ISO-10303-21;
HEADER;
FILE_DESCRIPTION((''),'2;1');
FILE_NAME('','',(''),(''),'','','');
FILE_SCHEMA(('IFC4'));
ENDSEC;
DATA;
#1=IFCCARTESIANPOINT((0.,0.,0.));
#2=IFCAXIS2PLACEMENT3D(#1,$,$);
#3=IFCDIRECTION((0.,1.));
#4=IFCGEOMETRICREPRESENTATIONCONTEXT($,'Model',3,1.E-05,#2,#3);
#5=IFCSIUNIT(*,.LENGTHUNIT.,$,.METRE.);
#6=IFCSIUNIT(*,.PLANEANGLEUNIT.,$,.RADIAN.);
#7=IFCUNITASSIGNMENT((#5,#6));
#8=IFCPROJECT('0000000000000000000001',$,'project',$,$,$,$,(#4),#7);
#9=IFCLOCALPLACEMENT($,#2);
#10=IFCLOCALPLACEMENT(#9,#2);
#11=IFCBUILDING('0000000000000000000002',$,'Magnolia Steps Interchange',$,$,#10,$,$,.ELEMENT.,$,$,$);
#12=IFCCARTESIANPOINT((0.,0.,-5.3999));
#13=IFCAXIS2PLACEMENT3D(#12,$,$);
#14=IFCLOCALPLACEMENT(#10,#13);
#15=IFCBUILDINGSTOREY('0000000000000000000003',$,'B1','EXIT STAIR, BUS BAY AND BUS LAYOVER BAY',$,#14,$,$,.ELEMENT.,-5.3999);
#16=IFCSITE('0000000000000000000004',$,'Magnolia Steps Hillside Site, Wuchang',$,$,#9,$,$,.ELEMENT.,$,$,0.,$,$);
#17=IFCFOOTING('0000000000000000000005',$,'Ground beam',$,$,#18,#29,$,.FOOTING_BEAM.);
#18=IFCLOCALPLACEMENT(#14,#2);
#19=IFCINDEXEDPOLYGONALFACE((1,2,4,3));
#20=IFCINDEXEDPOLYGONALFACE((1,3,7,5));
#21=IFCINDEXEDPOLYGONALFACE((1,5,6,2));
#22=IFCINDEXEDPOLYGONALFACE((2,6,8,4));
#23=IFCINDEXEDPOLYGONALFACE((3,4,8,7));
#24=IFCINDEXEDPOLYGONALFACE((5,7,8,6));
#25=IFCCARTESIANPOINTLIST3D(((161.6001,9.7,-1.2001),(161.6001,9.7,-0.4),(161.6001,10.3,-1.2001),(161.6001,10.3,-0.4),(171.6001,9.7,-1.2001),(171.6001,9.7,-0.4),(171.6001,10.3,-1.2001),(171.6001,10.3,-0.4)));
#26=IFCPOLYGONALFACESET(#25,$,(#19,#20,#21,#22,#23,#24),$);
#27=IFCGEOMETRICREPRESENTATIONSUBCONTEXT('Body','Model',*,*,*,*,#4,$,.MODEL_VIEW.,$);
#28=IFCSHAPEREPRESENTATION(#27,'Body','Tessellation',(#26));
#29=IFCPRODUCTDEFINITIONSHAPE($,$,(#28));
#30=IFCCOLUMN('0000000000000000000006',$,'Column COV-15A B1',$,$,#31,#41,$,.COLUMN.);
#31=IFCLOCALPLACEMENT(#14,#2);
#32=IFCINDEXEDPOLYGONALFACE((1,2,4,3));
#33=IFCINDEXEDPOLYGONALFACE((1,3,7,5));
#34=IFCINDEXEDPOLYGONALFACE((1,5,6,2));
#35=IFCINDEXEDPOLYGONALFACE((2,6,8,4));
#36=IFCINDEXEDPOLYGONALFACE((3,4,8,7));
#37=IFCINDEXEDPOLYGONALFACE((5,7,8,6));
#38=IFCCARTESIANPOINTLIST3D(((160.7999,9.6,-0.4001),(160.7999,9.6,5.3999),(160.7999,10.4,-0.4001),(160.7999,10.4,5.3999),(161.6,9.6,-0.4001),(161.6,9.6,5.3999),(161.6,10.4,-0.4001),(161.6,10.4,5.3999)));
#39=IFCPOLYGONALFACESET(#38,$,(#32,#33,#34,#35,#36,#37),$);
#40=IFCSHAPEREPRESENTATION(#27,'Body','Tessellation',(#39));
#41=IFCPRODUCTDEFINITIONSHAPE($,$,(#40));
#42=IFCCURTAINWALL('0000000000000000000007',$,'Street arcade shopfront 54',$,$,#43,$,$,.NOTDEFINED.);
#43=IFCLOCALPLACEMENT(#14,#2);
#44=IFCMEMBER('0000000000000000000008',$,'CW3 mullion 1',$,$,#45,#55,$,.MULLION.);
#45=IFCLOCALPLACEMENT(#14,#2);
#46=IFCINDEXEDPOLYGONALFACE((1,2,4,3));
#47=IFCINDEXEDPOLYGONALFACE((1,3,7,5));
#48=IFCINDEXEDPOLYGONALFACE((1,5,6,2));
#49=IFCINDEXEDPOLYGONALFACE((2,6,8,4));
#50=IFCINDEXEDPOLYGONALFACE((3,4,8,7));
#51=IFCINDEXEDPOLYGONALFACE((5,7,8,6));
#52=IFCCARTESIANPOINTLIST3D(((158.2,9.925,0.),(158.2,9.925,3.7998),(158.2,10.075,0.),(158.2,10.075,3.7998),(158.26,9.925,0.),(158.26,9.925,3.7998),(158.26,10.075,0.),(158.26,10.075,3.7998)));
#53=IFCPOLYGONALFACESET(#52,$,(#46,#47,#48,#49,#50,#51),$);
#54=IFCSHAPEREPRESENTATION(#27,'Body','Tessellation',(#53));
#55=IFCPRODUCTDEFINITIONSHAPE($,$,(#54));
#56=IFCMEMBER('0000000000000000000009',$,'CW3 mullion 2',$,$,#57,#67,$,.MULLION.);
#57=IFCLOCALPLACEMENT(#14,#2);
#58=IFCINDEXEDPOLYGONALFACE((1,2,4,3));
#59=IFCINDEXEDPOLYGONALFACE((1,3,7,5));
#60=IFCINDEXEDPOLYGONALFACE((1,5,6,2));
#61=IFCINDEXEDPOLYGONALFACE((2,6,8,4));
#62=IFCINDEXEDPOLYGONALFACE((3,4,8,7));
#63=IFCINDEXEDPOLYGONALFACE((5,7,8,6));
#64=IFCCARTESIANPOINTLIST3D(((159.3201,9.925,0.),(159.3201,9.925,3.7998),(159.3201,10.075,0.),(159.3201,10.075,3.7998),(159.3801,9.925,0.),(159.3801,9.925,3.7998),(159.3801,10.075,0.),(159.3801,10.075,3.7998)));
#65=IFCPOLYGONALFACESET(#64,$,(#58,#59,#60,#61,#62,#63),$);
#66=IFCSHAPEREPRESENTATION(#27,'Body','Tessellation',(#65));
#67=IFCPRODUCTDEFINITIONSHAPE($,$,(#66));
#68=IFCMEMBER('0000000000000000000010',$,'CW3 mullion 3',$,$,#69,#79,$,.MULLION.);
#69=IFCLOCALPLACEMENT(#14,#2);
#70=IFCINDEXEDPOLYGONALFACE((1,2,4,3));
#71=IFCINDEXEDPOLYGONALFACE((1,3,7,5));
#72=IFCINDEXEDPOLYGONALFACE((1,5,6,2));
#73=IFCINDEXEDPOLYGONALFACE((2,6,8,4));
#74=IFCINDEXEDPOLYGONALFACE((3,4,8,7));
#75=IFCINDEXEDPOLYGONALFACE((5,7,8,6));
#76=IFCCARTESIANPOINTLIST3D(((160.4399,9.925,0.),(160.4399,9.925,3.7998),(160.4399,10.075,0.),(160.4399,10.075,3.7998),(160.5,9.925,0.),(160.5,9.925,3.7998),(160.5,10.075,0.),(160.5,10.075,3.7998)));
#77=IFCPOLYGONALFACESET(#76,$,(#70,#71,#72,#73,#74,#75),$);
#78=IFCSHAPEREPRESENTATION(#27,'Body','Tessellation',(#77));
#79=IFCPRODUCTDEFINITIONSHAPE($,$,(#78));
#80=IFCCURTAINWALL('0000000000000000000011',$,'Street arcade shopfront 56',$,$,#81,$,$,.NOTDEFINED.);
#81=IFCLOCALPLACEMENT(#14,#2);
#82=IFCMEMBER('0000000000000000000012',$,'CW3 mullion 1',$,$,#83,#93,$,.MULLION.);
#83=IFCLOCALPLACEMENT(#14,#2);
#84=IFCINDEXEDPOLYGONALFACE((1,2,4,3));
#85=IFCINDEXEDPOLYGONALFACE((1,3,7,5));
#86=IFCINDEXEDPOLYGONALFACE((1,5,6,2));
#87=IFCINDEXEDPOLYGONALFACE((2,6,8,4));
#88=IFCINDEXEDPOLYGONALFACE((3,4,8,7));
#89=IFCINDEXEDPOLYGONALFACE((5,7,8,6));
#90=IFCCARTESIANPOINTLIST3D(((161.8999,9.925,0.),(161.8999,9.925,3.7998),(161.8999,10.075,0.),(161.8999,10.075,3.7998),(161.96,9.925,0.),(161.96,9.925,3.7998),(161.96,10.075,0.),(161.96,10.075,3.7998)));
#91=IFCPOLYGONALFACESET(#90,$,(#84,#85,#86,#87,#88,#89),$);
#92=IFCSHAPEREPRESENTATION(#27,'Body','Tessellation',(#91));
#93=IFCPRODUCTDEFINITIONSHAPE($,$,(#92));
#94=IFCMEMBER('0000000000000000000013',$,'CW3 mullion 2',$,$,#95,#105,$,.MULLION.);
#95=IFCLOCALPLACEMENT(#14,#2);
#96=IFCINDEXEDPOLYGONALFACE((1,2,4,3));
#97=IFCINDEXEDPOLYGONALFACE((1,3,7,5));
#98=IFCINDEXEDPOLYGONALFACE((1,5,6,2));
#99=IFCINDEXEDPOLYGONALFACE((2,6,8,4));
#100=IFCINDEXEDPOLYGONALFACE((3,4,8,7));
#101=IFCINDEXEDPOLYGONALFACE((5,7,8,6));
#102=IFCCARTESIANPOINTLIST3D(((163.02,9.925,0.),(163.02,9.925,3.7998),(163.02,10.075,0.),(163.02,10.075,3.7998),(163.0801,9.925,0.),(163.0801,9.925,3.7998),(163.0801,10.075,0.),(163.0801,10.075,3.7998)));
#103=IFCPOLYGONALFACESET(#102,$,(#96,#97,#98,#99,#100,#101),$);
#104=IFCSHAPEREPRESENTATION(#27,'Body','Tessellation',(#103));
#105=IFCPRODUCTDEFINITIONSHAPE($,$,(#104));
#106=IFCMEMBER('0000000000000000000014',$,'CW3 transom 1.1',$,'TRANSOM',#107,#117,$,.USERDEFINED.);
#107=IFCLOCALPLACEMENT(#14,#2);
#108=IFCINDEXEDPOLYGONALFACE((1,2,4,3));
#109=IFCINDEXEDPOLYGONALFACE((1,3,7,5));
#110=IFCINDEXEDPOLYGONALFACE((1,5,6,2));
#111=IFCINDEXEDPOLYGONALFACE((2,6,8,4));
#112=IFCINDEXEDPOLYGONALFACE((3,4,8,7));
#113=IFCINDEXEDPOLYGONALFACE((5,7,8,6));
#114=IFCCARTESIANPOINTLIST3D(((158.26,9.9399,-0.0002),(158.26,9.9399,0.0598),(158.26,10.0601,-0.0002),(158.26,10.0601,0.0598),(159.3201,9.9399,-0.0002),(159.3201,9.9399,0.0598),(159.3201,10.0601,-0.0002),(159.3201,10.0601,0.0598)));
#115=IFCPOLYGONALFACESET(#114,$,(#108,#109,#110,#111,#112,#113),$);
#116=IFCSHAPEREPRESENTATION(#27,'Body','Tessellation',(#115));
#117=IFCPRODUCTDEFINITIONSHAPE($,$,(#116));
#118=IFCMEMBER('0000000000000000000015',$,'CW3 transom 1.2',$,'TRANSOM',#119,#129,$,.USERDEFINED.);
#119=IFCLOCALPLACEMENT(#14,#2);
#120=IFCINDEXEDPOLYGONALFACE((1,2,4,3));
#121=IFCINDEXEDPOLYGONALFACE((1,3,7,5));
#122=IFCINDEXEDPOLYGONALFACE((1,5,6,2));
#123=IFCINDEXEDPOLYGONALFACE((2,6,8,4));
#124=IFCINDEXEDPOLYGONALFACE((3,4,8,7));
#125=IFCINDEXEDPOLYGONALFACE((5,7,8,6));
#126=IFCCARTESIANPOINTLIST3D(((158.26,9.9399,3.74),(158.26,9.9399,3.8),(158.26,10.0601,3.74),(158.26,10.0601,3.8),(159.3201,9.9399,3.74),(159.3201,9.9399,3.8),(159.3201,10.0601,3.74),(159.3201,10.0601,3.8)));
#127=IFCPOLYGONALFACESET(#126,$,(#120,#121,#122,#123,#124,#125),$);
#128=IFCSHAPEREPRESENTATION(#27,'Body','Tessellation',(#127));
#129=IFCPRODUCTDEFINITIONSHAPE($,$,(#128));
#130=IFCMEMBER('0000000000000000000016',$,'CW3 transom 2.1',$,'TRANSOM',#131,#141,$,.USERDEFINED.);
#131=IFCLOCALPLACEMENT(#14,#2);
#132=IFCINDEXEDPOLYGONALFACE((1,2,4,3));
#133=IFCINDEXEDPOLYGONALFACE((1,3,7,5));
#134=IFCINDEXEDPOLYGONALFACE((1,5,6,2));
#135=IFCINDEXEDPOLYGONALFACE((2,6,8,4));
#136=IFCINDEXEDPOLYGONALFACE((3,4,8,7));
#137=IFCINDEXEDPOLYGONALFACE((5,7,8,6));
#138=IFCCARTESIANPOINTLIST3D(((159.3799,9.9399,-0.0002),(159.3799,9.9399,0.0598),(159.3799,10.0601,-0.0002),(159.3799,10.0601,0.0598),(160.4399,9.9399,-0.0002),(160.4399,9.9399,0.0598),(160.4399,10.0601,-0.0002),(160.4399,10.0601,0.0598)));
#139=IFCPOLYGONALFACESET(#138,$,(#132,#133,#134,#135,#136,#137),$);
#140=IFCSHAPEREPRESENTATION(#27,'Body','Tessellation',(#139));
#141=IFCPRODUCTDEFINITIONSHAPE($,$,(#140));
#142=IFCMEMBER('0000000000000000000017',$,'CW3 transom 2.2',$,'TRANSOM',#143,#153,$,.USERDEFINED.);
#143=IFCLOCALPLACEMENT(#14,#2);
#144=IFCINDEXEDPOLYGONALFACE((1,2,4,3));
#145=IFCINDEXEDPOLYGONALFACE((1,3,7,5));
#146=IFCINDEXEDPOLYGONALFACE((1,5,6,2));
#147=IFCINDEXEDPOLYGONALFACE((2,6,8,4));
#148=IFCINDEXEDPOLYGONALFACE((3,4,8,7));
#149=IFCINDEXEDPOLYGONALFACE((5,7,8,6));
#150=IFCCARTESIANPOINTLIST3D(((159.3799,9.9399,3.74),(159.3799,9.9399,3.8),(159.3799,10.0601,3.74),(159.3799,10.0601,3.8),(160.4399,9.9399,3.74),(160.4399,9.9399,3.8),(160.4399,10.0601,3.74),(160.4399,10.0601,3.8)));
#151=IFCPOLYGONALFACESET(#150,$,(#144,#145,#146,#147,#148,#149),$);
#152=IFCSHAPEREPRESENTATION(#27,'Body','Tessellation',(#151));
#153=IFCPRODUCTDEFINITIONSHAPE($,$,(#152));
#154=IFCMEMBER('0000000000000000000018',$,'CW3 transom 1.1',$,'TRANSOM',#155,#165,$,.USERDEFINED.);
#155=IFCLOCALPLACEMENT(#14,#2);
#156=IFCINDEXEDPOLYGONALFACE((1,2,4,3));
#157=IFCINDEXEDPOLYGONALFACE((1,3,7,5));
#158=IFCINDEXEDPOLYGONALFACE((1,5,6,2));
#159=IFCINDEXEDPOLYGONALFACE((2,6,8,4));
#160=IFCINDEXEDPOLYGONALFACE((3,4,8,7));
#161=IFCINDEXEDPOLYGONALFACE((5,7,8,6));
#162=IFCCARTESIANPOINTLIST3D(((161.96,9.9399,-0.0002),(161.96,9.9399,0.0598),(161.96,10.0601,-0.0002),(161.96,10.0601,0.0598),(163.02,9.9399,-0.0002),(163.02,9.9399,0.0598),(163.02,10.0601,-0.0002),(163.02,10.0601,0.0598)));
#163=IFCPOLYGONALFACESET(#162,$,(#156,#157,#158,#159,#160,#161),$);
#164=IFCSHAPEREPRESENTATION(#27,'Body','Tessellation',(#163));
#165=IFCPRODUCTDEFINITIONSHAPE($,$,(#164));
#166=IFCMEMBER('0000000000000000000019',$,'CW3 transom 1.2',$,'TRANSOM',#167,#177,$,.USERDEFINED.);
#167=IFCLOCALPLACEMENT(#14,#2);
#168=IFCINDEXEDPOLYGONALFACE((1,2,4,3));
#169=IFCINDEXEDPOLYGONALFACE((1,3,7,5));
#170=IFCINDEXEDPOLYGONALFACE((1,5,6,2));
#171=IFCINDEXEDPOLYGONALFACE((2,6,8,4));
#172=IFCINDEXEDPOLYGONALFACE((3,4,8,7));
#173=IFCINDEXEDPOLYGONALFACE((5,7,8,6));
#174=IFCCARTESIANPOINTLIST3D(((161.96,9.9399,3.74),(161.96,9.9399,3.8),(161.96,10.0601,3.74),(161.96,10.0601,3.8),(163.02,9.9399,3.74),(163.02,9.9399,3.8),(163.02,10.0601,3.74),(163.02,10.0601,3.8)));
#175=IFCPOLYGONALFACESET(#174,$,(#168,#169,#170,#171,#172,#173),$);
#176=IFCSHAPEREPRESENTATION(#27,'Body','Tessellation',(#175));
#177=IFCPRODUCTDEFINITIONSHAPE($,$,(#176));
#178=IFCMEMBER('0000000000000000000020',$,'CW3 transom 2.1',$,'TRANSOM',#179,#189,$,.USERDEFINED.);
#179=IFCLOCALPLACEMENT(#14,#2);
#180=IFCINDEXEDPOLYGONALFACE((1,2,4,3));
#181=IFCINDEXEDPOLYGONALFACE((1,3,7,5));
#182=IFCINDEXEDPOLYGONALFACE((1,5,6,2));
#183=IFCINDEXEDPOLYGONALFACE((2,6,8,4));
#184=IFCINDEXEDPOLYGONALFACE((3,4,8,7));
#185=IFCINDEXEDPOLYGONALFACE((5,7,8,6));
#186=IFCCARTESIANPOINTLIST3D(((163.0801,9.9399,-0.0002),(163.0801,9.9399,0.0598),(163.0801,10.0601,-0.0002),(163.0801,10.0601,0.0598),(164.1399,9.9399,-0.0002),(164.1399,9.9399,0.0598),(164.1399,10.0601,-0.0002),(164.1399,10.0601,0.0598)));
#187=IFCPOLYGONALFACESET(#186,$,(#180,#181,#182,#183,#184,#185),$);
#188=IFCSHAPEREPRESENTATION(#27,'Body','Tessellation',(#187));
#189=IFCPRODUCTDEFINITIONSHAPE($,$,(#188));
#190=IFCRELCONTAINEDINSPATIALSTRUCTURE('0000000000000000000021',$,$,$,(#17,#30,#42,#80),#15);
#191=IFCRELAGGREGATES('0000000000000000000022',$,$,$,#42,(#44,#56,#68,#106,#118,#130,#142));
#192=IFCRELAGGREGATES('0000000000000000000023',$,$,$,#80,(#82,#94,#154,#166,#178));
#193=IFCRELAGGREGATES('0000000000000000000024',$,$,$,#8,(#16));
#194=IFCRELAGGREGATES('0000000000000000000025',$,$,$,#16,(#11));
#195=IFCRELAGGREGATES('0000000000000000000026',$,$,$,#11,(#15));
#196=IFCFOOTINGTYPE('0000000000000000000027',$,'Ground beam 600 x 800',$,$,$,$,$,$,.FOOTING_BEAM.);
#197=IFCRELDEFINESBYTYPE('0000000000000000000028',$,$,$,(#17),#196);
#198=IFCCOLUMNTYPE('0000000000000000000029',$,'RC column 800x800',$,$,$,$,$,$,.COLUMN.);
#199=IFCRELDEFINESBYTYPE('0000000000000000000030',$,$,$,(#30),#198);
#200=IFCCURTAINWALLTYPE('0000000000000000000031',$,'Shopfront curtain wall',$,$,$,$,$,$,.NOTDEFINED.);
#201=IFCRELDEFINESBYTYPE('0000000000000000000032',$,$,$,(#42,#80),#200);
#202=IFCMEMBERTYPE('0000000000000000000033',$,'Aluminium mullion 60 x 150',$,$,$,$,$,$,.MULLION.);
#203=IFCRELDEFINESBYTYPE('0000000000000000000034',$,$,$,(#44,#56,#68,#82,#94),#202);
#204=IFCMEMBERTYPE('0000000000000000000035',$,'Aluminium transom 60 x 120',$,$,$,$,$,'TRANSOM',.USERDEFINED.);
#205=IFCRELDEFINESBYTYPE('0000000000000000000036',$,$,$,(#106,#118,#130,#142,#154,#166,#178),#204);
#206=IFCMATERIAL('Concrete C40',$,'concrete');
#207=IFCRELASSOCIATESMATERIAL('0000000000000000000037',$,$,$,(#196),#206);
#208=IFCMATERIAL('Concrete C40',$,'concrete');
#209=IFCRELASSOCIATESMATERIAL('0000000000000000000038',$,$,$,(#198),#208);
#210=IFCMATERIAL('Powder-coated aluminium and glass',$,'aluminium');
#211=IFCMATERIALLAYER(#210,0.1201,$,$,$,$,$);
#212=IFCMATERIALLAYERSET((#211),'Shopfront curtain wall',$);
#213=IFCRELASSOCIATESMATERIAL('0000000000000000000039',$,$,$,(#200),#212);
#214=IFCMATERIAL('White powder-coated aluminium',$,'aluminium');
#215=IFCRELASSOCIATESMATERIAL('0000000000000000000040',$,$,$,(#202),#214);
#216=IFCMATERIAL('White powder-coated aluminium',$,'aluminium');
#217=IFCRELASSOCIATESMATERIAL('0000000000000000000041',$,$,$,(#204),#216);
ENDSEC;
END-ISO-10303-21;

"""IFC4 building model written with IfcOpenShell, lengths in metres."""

from ifc_helpers import new_model, si_unit, direction, frame, origin, origin_2d, place, context, subcontext, project, spatial, rectangle, extrude, material, layer, layer_set, material_profile, profile_set, type_object, element, aggregate, save


model = new_model("IFC4")

# Units and contexts
model_context = context("Model", 3, precision=1e-05, world=origin(), true_north=direction((0.0, 1.0)))
body_context = subcontext(model_context, "Body", "Model", "MODEL_VIEW")
ifc_project = project(units=[si_unit("LENGTHUNIT", "METRE"), si_unit("PLANEANGLEUNIT", "RADIAN")], contexts=[model_context])

# Site, building, storey
site_placement = place(None, origin())
site = spatial("IfcSite", under=ifc_project, at=site_placement, Name="Magnolia Steps Hillside Site, Wuchang", CompositionType="ELEMENT", RefElevation=0.0)
building_placement = place(site_placement, origin())
building = spatial("IfcBuilding", under=site, at=building_placement, Name="Magnolia Steps Interchange", CompositionType="ELEMENT")
storey_placement = place(building_placement, frame((0.0, 0.0, -5.3999)))
storey = spatial("IfcBuildingStorey", under=building, at=storey_placement, Name="B1", Description="EXIT STAIR, BUS BAY AND BUS LAYOVER BAY", CompositionType="ELEMENT", Elevation=-5.3999)

# Footing
ifc_material_1 = material(Name="Concrete C40", Category="concrete")
ifc_material_profile_1 = material_profile(ifc_material_1, rectangle(XDim=0.6001, YDim=0.8, at=origin_2d()), Name="RC600x800")
ifc_profile_set_1 = profile_set([ifc_material_profile_1], Name="Concrete C40")
footing_type = type_object("IfcFootingType", Name="Ground beam 600 x 800", PredefinedType="FOOTING_BEAM", material=ifc_profile_set_1)
footing_placement = place(storey_placement, frame((161.6001, 10.0, -0.8), z_axis=(1.0, 0.0, 0.0), x_axis=(0.0, 1.0, 0.0)))
element("IfcFooting", 1, at=footing_placement, inside=storey, type_object=footing_type, Name="Ground beam", PredefinedType="FOOTING_BEAM", context=body_context, shape_type="SweptSolid", body=[
    extrude(rectangle(XDim=0.6001, YDim=0.8, at=origin_2d()), origin(), (0.0, 0.0, 1.0), 10.0),
])

# Column
ifc_material_2 = material(Name="Concrete C40", Category="concrete")
ifc_material_profile_2 = material_profile(ifc_material_2, rectangle(XDim=0.8, YDim=0.8, at=origin_2d()), Name="RC800x800")
ifc_profile_set_2 = profile_set([ifc_material_profile_2], Name="Concrete C40")
column_type = type_object("IfcColumnType", Name="RC column 800x800", PredefinedType="COLUMN", material=ifc_profile_set_2)
column_placement = place(storey_placement, frame((161.2, 10.0, -0.4001), z_axis=(0.0, 0.0, 1.0), x_axis=(1.0, 0.0, 0.0)))
element("IfcColumn", 2, at=column_placement, inside=storey, type_object=column_type, Name="Column COV-15A B1", PredefinedType="COLUMN", context=body_context, shape_type="SweptSolid", body=[
    extrude(rectangle(XDim=0.8, YDim=0.8, at=origin_2d()), origin(), (0.0, 0.0, 1.0), 5.8),
])

# Curtain walls, members
ifc_material_3 = material(Name="Powder-coated aluminium and glass", Category="aluminium")
ifc_layer_1 = layer(ifc_material_3, 0.1201)
ifc_layer_set_1 = layer_set([ifc_layer_1], Name="Shopfront curtain wall")
curtain_wall_type = type_object("IfcCurtainWallType", Name="Shopfront curtain wall", PredefinedType="NOTDEFINED", material=ifc_layer_set_1)
curtain_wall_1_placement = place(storey_placement, origin())
curtain_wall_1 = element("IfcCurtainWall", 3, at=curtain_wall_1_placement, inside=storey, type_object=curtain_wall_type, Name="Street arcade shopfront 54", PredefinedType="NOTDEFINED")
ifc_material_4 = material(Name="White powder-coated aluminium", Category="aluminium")
ifc_material_profile_3 = material_profile(ifc_material_4, rectangle(XDim=0.0601, YDim=0.1499, at=origin_2d()), Name="Aluminium mullion 60 x 150")
ifc_profile_set_3 = profile_set([ifc_material_profile_3], Name="White powder-coated aluminium")
member_type_1 = type_object("IfcMemberType", Name="Aluminium mullion 60 x 150", PredefinedType="MULLION", material=ifc_profile_set_3)
member_1_placement = place(storey_placement, frame((158.23, 10.0, 0.0), z_axis=(0.0, 0.0, 1.0), x_axis=(1.0, 0.0, 0.0)))
member_1 = element("IfcMember", 4, at=member_1_placement, type_object=member_type_1, Name="CW3 mullion 1", PredefinedType="MULLION", context=body_context, shape_type="SweptSolid", body=[
    extrude(rectangle(XDim=0.0601, YDim=0.1499, at=origin_2d()), origin(), (0.0, 0.0, 1.0), 3.7998),
])
member_2_placement = place(storey_placement, frame((159.3501, 10.0, 0.0), z_axis=(0.0, 0.0, 1.0), x_axis=(1.0, 0.0, 0.0)))
member_2 = element("IfcMember", 5, at=member_2_placement, type_object=member_type_1, Name="CW3 mullion 2", PredefinedType="MULLION", context=body_context, shape_type="SweptSolid", body=[
    extrude(rectangle(XDim=0.0601, YDim=0.1499, at=origin_2d()), origin(), (0.0, 0.0, 1.0), 3.7998),
])
member_3_placement = place(storey_placement, frame((160.47, 10.0, 0.0), z_axis=(0.0, 0.0, 1.0), x_axis=(1.0, 0.0, 0.0)))
member_3 = element("IfcMember", 6, at=member_3_placement, type_object=member_type_1, Name="CW3 mullion 3", PredefinedType="MULLION", context=body_context, shape_type="SweptSolid", body=[
    extrude(rectangle(XDim=0.0601, YDim=0.1499, at=origin_2d()), origin(), (0.0, 0.0, 1.0), 3.7998),
])
curtain_wall_2_placement = place(storey_placement, origin())
curtain_wall_2 = element("IfcCurtainWall", 7, at=curtain_wall_2_placement, inside=storey, type_object=curtain_wall_type, Name="Street arcade shopfront 56", PredefinedType="NOTDEFINED")
member_4_placement = place(storey_placement, frame((161.9299, 10.0, 0.0), z_axis=(0.0, 0.0, 1.0), x_axis=(1.0, 0.0, 0.0)))
member_4 = element("IfcMember", 8, at=member_4_placement, type_object=member_type_1, Name="CW3 mullion 1", PredefinedType="MULLION", context=body_context, shape_type="SweptSolid", body=[
    extrude(rectangle(XDim=0.0601, YDim=0.1499, at=origin_2d()), origin(), (0.0, 0.0, 1.0), 3.7998),
])
member_5_placement = place(storey_placement, frame((163.05, 10.0, 0.0), z_axis=(0.0, 0.0, 1.0), x_axis=(1.0, 0.0, 0.0)))
member_5 = element("IfcMember", 9, at=member_5_placement, type_object=member_type_1, Name="CW3 mullion 2", PredefinedType="MULLION", context=body_context, shape_type="SweptSolid", body=[
    extrude(rectangle(XDim=0.0601, YDim=0.1499, at=origin_2d()), origin(), (0.0, 0.0, 1.0), 3.7998),
])

# Members
ifc_material_5 = material(Name="White powder-coated aluminium", Category="aluminium")
ifc_material_profile_4 = material_profile(ifc_material_5, rectangle(XDim=0.0601, YDim=0.1201, at=origin_2d()), Name="Aluminium transom 60 x 120")
ifc_profile_set_4 = profile_set([ifc_material_profile_4], Name="White powder-coated aluminium")
member_type_2 = type_object("IfcMemberType", Name="Aluminium transom 60 x 120", ElementType="TRANSOM", PredefinedType="USERDEFINED", material=ifc_profile_set_4)
member_6_placement = place(storey_placement, frame((158.26, 10.0, 0.0298), z_axis=(1.0, 0.0, 0.0), x_axis=(0.0, 0.0, 1.0)))
member_6 = element("IfcMember", 10, at=member_6_placement, type_object=member_type_2, Name="CW3 transom 1.1", ObjectType="TRANSOM", PredefinedType="USERDEFINED", context=body_context, shape_type="SweptSolid", body=[
    extrude(rectangle(XDim=0.0601, YDim=0.1201, at=origin_2d()), origin(), (0.0, 0.0, 1.0), 1.0601),
])
member_7_placement = place(storey_placement, frame((158.26, 10.0, 3.77), z_axis=(1.0, 0.0, 0.0), x_axis=(0.0, 0.0, 1.0)))
member_7 = element("IfcMember", 11, at=member_7_placement, type_object=member_type_2, Name="CW3 transom 1.2", ObjectType="TRANSOM", PredefinedType="USERDEFINED", context=body_context, shape_type="SweptSolid", body=[
    extrude(rectangle(XDim=0.0601, YDim=0.1201, at=origin_2d()), origin(), (0.0, 0.0, 1.0), 1.0601),
])
member_8_placement = place(storey_placement, frame((159.3799, 10.0, 0.0298), z_axis=(1.0, 0.0, 0.0), x_axis=(0.0, 0.0, 1.0)))
member_8 = element("IfcMember", 12, at=member_8_placement, type_object=member_type_2, Name="CW3 transom 2.1", ObjectType="TRANSOM", PredefinedType="USERDEFINED", context=body_context, shape_type="SweptSolid", body=[
    extrude(rectangle(XDim=0.0601, YDim=0.1201, at=origin_2d()), origin(), (0.0, 0.0, 1.0), 1.0601),
])
member_9_placement = place(storey_placement, frame((159.3799, 10.0, 3.77), z_axis=(1.0, 0.0, 0.0), x_axis=(0.0, 0.0, 1.0)))
member_9 = element("IfcMember", 13, at=member_9_placement, type_object=member_type_2, Name="CW3 transom 2.2", ObjectType="TRANSOM", PredefinedType="USERDEFINED", context=body_context, shape_type="SweptSolid", body=[
    extrude(rectangle(XDim=0.0601, YDim=0.1201, at=origin_2d()), origin(), (0.0, 0.0, 1.0), 1.0601),
])
member_10_placement = place(storey_placement, frame((161.96, 10.0, 0.0298), z_axis=(1.0, 0.0, 0.0), x_axis=(0.0, 0.0, 1.0)))
member_10 = element("IfcMember", 14, at=member_10_placement, type_object=member_type_2, Name="CW3 transom 1.1", ObjectType="TRANSOM", PredefinedType="USERDEFINED", context=body_context, shape_type="SweptSolid", body=[
    extrude(rectangle(XDim=0.0601, YDim=0.1201, at=origin_2d()), origin(), (0.0, 0.0, 1.0), 1.0601),
])
member_11_placement = place(storey_placement, frame((161.96, 10.0, 3.77), z_axis=(1.0, 0.0, 0.0), x_axis=(0.0, 0.0, 1.0)))
member_11 = element("IfcMember", 15, at=member_11_placement, type_object=member_type_2, Name="CW3 transom 1.2", ObjectType="TRANSOM", PredefinedType="USERDEFINED", context=body_context, shape_type="SweptSolid", body=[
    extrude(rectangle(XDim=0.0601, YDim=0.1201, at=origin_2d()), origin(), (0.0, 0.0, 1.0), 1.0601),
])
member_12_placement = place(storey_placement, frame((163.0801, 10.0, 0.0298), z_axis=(1.0, 0.0, 0.0), x_axis=(0.0, 0.0, 1.0)))
member_12 = element("IfcMember", 16, at=member_12_placement, type_object=member_type_2, Name="CW3 transom 2.1", ObjectType="TRANSOM", PredefinedType="USERDEFINED", context=body_context, shape_type="SweptSolid", body=[
    extrude(rectangle(XDim=0.0601, YDim=0.1201, at=origin_2d()), origin(), (0.0, 0.0, 1.0), 1.0598),
])

aggregate(curtain_wall_1, [member_1, member_2, member_3, member_6, member_7, member_8, member_9])
aggregate(curtain_wall_2, [member_4, member_5, member_10, member_11, member_12])

save(model, "model.ifc")
